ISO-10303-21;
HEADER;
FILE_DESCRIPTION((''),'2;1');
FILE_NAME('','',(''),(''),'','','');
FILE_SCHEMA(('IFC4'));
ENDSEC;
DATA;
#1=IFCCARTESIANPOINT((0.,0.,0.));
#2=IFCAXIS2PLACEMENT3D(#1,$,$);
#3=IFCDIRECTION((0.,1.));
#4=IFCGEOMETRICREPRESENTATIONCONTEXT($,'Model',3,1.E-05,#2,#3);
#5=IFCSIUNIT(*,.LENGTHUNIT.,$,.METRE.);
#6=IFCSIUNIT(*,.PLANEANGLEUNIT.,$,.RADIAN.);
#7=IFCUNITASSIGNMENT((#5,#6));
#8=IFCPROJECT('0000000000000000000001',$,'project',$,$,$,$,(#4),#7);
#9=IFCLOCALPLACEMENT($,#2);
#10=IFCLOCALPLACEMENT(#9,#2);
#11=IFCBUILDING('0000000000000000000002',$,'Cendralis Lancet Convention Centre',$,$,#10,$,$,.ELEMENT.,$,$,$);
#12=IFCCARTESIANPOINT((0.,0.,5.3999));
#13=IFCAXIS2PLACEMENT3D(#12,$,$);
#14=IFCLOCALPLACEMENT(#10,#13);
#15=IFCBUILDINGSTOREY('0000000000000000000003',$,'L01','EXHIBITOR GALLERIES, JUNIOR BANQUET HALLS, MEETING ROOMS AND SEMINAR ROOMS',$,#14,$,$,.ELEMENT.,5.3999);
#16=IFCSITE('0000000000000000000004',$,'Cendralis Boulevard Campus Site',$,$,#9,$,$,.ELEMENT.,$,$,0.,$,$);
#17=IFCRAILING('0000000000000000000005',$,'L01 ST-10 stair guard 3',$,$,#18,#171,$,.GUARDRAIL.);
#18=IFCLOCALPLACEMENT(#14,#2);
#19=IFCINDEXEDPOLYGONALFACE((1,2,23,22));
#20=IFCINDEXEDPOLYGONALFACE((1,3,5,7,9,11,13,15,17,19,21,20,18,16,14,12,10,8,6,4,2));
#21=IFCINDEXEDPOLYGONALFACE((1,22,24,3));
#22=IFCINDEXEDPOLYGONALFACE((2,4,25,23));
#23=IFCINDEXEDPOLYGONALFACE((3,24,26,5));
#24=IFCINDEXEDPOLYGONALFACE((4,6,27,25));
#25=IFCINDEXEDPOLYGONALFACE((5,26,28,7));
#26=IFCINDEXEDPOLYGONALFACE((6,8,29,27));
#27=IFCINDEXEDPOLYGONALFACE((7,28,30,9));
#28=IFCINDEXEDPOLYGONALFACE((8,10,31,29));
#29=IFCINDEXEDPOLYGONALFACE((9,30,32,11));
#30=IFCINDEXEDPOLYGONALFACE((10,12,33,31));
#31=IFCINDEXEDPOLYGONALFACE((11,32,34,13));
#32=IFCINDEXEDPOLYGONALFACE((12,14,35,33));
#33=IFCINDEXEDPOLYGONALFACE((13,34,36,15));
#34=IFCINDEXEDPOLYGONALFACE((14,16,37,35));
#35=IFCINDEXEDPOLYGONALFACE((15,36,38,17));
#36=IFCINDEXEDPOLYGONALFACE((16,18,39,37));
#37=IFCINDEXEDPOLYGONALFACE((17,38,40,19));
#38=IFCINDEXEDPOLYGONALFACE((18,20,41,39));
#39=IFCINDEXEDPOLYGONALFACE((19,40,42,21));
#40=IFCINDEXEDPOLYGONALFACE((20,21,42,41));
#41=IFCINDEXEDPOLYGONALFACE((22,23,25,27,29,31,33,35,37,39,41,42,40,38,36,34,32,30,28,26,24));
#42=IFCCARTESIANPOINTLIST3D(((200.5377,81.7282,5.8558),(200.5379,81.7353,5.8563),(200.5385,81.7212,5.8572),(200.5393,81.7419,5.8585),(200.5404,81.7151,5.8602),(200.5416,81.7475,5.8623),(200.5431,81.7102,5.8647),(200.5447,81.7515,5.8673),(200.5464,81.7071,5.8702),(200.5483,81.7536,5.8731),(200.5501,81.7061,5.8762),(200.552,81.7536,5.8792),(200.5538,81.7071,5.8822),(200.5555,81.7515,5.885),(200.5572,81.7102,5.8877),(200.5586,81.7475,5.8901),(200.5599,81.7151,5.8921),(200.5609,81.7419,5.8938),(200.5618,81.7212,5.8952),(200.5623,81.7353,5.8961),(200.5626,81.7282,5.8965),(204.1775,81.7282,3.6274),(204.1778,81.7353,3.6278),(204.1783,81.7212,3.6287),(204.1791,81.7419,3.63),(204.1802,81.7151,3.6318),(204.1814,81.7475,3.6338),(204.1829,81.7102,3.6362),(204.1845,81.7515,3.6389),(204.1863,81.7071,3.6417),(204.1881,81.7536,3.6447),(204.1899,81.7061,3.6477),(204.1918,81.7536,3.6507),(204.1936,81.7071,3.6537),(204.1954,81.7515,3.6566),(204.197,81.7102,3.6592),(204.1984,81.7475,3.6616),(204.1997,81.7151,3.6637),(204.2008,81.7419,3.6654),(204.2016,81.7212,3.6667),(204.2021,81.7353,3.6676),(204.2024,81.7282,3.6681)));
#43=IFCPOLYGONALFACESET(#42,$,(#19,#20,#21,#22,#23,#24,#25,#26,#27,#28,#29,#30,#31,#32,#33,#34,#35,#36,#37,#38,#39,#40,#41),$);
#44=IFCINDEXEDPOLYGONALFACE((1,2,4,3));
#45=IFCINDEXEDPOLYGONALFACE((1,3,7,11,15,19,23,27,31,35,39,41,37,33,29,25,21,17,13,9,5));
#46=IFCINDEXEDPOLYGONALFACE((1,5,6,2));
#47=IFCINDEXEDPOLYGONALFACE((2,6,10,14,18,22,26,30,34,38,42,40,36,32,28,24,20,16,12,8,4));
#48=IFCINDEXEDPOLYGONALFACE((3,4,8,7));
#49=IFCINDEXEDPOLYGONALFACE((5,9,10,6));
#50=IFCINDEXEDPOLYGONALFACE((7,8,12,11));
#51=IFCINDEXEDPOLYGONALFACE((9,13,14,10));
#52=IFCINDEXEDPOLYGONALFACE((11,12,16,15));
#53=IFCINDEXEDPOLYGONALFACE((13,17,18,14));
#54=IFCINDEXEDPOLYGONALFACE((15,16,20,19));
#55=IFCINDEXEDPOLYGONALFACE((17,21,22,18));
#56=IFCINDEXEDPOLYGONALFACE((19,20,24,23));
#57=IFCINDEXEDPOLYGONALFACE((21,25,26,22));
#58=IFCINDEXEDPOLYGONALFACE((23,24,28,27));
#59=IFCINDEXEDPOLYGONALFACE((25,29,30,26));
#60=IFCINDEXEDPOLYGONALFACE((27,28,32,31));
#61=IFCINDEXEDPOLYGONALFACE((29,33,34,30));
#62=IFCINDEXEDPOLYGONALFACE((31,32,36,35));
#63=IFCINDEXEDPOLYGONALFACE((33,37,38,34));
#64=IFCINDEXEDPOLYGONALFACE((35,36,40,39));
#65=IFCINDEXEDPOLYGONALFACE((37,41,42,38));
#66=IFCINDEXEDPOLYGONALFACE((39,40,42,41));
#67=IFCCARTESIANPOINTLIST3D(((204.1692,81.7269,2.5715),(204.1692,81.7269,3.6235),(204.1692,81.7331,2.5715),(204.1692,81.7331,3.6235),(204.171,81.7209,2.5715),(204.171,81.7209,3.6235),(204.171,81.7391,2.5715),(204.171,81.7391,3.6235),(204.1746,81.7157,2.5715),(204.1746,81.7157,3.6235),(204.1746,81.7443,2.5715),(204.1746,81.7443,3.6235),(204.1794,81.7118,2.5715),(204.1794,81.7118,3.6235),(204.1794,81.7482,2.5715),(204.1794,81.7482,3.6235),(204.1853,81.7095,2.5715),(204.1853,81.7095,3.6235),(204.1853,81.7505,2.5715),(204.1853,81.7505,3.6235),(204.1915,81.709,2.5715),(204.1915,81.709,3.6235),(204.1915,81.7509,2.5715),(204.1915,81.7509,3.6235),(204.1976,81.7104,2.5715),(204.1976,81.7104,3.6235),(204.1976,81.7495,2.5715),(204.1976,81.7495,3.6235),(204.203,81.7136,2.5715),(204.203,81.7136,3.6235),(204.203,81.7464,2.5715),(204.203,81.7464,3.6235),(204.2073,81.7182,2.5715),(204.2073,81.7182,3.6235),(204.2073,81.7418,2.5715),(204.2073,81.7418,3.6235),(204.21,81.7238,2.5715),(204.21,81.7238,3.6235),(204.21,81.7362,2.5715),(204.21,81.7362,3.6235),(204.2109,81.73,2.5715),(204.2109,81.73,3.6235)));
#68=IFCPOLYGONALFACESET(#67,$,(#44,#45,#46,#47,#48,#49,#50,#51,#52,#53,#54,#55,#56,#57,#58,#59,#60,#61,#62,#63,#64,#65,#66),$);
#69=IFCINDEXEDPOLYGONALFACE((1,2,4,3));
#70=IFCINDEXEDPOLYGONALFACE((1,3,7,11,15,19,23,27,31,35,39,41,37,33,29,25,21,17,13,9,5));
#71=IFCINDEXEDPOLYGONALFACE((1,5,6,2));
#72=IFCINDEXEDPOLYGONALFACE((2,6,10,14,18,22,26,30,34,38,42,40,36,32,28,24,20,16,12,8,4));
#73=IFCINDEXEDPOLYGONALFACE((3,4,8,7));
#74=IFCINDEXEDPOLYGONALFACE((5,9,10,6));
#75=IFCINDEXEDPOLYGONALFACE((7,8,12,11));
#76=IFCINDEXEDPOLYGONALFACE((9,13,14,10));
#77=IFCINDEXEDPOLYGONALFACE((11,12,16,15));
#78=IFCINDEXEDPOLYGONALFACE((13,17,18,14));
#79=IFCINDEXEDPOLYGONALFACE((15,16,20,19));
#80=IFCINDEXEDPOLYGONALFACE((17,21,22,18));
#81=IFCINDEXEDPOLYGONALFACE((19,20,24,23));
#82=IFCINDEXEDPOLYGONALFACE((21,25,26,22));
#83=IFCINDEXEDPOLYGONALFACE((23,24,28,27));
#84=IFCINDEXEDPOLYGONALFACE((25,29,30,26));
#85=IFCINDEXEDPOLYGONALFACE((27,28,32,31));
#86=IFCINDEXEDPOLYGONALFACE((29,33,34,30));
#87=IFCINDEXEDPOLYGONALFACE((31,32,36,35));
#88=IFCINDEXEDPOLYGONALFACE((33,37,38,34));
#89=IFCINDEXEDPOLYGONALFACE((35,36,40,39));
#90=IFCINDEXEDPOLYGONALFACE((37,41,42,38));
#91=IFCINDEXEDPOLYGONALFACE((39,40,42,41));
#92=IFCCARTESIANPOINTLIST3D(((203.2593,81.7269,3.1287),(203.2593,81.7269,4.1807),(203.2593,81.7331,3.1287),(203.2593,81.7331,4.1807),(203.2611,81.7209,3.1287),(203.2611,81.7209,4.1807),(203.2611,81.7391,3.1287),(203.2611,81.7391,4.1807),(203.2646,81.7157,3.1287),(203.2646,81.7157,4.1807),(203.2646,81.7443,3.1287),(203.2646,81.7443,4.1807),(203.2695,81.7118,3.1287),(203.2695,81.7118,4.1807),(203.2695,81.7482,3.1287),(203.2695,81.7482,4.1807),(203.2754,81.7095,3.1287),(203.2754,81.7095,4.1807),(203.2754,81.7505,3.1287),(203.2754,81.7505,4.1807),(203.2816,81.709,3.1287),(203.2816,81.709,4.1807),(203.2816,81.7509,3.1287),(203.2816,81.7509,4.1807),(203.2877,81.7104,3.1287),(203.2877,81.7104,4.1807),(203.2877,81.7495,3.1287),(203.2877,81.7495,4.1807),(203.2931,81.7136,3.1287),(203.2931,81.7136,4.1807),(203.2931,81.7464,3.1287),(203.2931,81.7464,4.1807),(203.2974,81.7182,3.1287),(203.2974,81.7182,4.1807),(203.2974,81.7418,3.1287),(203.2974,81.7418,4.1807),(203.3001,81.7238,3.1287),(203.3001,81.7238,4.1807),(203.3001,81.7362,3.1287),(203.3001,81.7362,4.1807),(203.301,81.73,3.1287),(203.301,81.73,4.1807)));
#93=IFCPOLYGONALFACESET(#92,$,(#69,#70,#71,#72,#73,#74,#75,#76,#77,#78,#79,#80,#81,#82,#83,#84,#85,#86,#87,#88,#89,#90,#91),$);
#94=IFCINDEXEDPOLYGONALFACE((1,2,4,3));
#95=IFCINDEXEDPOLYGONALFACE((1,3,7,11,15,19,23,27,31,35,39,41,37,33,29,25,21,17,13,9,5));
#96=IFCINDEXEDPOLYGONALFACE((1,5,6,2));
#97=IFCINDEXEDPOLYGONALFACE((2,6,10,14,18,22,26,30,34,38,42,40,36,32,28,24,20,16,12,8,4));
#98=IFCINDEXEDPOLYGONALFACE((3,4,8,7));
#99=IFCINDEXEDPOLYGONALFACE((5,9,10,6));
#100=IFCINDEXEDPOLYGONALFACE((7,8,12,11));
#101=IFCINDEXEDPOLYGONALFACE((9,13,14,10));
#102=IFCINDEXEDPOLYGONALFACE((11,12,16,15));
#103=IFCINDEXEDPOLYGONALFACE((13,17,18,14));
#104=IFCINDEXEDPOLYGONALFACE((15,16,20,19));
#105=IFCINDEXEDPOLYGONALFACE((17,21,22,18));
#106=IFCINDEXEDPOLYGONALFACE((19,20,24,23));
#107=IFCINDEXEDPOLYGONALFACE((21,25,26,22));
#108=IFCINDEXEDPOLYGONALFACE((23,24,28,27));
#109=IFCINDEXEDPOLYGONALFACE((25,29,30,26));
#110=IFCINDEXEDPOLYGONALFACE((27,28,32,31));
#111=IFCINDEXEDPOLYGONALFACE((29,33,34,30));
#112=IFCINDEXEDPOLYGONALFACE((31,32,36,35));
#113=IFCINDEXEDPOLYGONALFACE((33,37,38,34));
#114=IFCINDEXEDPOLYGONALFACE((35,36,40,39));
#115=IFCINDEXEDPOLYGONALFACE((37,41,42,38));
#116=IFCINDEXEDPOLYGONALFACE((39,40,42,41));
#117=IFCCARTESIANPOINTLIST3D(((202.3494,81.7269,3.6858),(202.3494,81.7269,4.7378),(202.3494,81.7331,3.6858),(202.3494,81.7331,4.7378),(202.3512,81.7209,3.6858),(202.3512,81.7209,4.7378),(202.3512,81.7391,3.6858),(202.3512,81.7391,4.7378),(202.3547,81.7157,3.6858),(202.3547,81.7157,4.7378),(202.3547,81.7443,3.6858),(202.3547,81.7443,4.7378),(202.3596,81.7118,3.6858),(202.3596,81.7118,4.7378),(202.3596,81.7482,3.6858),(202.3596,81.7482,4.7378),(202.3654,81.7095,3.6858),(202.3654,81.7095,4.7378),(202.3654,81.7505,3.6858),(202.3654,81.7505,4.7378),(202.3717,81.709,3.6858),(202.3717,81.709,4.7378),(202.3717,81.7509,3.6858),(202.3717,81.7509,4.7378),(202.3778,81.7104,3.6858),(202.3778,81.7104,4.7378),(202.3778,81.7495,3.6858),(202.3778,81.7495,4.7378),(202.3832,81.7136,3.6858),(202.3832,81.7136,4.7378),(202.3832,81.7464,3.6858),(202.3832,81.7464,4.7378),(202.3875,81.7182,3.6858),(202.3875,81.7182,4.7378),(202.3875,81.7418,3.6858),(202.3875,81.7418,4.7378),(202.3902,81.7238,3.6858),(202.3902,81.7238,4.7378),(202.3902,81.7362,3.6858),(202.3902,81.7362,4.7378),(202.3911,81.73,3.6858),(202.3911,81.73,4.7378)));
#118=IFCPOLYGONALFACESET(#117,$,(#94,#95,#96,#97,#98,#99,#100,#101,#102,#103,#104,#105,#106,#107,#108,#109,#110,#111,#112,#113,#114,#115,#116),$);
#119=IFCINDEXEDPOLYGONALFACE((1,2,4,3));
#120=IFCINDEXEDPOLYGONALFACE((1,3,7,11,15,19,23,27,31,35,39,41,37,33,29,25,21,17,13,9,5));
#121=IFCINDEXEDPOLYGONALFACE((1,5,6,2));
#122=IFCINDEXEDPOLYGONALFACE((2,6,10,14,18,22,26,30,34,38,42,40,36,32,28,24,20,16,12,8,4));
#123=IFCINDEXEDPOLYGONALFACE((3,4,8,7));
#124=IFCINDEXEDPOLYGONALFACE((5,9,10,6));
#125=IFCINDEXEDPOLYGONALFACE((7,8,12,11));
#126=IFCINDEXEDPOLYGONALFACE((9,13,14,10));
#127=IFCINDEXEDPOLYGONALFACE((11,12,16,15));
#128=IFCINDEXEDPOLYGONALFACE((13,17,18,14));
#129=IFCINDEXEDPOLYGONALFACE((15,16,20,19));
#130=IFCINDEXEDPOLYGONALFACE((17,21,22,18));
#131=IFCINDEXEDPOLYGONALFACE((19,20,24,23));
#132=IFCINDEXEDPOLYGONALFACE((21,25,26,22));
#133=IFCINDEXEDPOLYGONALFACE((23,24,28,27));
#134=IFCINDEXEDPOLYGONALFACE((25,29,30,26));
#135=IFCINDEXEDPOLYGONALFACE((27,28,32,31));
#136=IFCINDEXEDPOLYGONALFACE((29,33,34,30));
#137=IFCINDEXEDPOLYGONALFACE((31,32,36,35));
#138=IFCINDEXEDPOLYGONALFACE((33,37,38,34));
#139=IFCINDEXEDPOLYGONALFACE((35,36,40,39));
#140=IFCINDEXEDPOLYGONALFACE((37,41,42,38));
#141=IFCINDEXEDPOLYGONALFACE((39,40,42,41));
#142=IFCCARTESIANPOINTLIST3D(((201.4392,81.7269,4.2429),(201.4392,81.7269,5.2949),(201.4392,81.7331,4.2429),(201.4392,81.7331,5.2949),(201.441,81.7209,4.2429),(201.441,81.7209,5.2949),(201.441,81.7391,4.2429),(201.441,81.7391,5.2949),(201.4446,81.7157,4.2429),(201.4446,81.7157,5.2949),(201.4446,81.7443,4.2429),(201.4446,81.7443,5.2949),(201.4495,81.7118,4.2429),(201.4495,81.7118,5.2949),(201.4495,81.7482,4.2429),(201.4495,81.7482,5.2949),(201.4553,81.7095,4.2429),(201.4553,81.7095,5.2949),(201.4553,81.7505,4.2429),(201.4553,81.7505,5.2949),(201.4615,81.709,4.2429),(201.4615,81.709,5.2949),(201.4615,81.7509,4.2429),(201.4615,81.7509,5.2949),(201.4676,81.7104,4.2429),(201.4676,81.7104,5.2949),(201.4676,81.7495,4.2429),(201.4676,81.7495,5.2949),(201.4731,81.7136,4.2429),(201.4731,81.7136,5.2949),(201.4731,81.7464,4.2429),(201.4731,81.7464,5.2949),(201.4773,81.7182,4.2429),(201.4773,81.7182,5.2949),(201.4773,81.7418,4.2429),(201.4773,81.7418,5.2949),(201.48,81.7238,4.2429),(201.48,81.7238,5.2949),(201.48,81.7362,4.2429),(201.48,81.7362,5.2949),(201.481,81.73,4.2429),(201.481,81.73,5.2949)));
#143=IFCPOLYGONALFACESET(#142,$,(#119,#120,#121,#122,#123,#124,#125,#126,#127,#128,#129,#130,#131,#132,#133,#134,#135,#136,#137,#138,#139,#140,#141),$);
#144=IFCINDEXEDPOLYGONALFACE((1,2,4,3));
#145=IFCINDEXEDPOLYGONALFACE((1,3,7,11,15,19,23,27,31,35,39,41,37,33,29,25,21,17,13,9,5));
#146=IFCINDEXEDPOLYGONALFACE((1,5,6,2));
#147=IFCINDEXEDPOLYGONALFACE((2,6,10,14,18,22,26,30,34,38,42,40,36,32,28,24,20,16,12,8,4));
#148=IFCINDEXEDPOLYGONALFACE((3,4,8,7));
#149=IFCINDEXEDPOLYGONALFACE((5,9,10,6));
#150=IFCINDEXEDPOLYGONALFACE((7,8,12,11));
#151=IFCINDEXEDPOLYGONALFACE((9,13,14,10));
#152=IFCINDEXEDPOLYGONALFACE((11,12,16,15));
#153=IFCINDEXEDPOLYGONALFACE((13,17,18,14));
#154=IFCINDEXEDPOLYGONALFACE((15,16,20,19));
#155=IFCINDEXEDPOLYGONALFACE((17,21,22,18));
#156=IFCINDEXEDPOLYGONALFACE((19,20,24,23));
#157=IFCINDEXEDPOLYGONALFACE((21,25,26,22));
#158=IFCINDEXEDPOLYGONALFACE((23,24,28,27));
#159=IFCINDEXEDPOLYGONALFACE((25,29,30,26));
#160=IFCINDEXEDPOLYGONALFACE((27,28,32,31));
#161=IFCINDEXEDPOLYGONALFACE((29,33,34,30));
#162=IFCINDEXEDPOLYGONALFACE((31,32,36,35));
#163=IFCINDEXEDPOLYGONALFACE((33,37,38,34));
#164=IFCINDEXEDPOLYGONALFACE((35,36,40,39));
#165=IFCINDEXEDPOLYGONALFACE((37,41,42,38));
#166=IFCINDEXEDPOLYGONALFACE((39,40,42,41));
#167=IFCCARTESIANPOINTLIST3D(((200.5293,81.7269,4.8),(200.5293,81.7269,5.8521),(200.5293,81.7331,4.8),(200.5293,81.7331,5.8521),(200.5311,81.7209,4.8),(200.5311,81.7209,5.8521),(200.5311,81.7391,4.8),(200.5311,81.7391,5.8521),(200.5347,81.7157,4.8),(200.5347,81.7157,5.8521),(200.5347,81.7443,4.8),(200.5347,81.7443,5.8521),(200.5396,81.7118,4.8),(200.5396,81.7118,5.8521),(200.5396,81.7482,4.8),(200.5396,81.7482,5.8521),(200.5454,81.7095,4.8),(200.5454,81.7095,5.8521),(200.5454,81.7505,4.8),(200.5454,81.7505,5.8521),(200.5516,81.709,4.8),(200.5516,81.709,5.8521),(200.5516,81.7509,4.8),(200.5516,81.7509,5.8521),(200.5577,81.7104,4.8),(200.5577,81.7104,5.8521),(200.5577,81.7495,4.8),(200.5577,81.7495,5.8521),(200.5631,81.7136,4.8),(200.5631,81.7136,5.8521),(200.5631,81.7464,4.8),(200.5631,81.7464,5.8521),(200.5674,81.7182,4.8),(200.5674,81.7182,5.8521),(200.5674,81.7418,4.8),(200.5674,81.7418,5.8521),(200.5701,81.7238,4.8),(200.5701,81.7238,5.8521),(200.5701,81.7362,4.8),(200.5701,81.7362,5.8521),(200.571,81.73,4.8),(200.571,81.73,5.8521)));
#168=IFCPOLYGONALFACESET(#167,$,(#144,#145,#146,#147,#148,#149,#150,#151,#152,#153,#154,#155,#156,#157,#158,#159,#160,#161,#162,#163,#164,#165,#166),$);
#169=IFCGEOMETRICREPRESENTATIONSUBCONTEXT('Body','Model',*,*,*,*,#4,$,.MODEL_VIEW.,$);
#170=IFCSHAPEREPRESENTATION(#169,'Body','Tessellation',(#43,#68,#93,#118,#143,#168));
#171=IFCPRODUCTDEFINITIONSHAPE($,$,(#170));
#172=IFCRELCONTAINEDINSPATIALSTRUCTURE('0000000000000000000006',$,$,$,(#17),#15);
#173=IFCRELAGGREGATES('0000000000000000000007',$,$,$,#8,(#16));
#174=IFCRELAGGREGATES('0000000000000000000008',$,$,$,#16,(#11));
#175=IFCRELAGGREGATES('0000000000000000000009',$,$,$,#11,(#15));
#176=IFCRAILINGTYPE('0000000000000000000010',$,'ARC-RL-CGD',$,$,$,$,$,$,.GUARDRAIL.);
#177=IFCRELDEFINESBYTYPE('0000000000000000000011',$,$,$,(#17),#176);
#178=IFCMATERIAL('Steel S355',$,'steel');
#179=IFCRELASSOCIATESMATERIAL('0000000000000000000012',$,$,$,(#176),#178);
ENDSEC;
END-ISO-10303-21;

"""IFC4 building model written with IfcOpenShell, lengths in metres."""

from ifc_helpers import new_model, si_unit, direction, frame, origin, origin_2d, place, context, subcontext, project, spatial, circle, extrude, material, type_object, element, save


model = new_model("IFC4")

# Units and contexts
model_context = context("Model", 3, precision=1e-05, world=origin(), true_north=direction((0.0, 1.0)))
body_context = subcontext(model_context, "Body", "Model", "MODEL_VIEW")
ifc_project = project(units=[si_unit("LENGTHUNIT", "METRE"), si_unit("PLANEANGLEUNIT", "RADIAN")], contexts=[model_context])

# Site, building, storey
site_placement = place(None, origin())
site = spatial("IfcSite", under=ifc_project, at=site_placement, Name="Cendralis Boulevard Campus Site", CompositionType="ELEMENT", RefElevation=0.0)
building_placement = place(site_placement, origin())
building = spatial("IfcBuilding", under=site, at=building_placement, Name="Cendralis Lancet Convention Centre", CompositionType="ELEMENT")
storey_placement = place(building_placement, frame((0.0, 0.0, 5.3999)))
storey = spatial("IfcBuildingStorey", under=building, at=storey_placement, Name="L01", Description="EXHIBITOR GALLERIES, JUNIOR BANQUET HALLS, MEETING ROOMS AND SEMINAR ROOMS", CompositionType="ELEMENT", Elevation=5.3999)

# Shared definitions
ifc_material_1 = material(Name="Steel S355", Category="steel")

# Railing
railing_type_1 = type_object("IfcRailingType", Name="ARC-RL-CGD", PredefinedType="GUARDRAIL", material=ifc_material_1)
railing_1_placement = place(storey_placement, frame((204.1899, 81.73, 2.5715)))
element("IfcRailing", 1, at=railing_1_placement, inside=storey, type_object=railing_type_1, Name="L01 ST-10 stair guard 3", PredefinedType="GUARDRAIL", context=body_context, shape_type="SweptSolid", body=[
    extrude(circle(Radius=0.0239, at=origin_2d()), frame((0.0, 0.0, 1.0762), z_axis=(-0.85285, 0.0, 0.522156), x_axis=(0.0, -1.0, 0.0)), (0.0, 0.0, 1.0), 4.2678),
    extrude(circle(Radius=0.021, at=origin_2d()), origin(), (0.0, 0.0, 1.0), 1.052),
    extrude(circle(Radius=0.021, at=origin_2d()), frame((-0.9099, 0.0, 0.5571)), (0.0, 0.0, 1.0), 1.052),
    extrude(circle(Radius=0.021, at=origin_2d()), frame((-1.8198, 0.0, 1.1143)), (0.0, 0.0, 1.0), 1.052),
    extrude(circle(Radius=0.021, at=origin_2d()), frame((-2.73, 0.0, 1.6714)), (0.0, 0.0, 1.0), 1.052),
    extrude(circle(Radius=0.021, at=origin_2d()), frame((-3.6399, 0.0, 2.2285)), (0.0, 0.0, 1.0), 1.052),
])

save(model, "model.ifc")
